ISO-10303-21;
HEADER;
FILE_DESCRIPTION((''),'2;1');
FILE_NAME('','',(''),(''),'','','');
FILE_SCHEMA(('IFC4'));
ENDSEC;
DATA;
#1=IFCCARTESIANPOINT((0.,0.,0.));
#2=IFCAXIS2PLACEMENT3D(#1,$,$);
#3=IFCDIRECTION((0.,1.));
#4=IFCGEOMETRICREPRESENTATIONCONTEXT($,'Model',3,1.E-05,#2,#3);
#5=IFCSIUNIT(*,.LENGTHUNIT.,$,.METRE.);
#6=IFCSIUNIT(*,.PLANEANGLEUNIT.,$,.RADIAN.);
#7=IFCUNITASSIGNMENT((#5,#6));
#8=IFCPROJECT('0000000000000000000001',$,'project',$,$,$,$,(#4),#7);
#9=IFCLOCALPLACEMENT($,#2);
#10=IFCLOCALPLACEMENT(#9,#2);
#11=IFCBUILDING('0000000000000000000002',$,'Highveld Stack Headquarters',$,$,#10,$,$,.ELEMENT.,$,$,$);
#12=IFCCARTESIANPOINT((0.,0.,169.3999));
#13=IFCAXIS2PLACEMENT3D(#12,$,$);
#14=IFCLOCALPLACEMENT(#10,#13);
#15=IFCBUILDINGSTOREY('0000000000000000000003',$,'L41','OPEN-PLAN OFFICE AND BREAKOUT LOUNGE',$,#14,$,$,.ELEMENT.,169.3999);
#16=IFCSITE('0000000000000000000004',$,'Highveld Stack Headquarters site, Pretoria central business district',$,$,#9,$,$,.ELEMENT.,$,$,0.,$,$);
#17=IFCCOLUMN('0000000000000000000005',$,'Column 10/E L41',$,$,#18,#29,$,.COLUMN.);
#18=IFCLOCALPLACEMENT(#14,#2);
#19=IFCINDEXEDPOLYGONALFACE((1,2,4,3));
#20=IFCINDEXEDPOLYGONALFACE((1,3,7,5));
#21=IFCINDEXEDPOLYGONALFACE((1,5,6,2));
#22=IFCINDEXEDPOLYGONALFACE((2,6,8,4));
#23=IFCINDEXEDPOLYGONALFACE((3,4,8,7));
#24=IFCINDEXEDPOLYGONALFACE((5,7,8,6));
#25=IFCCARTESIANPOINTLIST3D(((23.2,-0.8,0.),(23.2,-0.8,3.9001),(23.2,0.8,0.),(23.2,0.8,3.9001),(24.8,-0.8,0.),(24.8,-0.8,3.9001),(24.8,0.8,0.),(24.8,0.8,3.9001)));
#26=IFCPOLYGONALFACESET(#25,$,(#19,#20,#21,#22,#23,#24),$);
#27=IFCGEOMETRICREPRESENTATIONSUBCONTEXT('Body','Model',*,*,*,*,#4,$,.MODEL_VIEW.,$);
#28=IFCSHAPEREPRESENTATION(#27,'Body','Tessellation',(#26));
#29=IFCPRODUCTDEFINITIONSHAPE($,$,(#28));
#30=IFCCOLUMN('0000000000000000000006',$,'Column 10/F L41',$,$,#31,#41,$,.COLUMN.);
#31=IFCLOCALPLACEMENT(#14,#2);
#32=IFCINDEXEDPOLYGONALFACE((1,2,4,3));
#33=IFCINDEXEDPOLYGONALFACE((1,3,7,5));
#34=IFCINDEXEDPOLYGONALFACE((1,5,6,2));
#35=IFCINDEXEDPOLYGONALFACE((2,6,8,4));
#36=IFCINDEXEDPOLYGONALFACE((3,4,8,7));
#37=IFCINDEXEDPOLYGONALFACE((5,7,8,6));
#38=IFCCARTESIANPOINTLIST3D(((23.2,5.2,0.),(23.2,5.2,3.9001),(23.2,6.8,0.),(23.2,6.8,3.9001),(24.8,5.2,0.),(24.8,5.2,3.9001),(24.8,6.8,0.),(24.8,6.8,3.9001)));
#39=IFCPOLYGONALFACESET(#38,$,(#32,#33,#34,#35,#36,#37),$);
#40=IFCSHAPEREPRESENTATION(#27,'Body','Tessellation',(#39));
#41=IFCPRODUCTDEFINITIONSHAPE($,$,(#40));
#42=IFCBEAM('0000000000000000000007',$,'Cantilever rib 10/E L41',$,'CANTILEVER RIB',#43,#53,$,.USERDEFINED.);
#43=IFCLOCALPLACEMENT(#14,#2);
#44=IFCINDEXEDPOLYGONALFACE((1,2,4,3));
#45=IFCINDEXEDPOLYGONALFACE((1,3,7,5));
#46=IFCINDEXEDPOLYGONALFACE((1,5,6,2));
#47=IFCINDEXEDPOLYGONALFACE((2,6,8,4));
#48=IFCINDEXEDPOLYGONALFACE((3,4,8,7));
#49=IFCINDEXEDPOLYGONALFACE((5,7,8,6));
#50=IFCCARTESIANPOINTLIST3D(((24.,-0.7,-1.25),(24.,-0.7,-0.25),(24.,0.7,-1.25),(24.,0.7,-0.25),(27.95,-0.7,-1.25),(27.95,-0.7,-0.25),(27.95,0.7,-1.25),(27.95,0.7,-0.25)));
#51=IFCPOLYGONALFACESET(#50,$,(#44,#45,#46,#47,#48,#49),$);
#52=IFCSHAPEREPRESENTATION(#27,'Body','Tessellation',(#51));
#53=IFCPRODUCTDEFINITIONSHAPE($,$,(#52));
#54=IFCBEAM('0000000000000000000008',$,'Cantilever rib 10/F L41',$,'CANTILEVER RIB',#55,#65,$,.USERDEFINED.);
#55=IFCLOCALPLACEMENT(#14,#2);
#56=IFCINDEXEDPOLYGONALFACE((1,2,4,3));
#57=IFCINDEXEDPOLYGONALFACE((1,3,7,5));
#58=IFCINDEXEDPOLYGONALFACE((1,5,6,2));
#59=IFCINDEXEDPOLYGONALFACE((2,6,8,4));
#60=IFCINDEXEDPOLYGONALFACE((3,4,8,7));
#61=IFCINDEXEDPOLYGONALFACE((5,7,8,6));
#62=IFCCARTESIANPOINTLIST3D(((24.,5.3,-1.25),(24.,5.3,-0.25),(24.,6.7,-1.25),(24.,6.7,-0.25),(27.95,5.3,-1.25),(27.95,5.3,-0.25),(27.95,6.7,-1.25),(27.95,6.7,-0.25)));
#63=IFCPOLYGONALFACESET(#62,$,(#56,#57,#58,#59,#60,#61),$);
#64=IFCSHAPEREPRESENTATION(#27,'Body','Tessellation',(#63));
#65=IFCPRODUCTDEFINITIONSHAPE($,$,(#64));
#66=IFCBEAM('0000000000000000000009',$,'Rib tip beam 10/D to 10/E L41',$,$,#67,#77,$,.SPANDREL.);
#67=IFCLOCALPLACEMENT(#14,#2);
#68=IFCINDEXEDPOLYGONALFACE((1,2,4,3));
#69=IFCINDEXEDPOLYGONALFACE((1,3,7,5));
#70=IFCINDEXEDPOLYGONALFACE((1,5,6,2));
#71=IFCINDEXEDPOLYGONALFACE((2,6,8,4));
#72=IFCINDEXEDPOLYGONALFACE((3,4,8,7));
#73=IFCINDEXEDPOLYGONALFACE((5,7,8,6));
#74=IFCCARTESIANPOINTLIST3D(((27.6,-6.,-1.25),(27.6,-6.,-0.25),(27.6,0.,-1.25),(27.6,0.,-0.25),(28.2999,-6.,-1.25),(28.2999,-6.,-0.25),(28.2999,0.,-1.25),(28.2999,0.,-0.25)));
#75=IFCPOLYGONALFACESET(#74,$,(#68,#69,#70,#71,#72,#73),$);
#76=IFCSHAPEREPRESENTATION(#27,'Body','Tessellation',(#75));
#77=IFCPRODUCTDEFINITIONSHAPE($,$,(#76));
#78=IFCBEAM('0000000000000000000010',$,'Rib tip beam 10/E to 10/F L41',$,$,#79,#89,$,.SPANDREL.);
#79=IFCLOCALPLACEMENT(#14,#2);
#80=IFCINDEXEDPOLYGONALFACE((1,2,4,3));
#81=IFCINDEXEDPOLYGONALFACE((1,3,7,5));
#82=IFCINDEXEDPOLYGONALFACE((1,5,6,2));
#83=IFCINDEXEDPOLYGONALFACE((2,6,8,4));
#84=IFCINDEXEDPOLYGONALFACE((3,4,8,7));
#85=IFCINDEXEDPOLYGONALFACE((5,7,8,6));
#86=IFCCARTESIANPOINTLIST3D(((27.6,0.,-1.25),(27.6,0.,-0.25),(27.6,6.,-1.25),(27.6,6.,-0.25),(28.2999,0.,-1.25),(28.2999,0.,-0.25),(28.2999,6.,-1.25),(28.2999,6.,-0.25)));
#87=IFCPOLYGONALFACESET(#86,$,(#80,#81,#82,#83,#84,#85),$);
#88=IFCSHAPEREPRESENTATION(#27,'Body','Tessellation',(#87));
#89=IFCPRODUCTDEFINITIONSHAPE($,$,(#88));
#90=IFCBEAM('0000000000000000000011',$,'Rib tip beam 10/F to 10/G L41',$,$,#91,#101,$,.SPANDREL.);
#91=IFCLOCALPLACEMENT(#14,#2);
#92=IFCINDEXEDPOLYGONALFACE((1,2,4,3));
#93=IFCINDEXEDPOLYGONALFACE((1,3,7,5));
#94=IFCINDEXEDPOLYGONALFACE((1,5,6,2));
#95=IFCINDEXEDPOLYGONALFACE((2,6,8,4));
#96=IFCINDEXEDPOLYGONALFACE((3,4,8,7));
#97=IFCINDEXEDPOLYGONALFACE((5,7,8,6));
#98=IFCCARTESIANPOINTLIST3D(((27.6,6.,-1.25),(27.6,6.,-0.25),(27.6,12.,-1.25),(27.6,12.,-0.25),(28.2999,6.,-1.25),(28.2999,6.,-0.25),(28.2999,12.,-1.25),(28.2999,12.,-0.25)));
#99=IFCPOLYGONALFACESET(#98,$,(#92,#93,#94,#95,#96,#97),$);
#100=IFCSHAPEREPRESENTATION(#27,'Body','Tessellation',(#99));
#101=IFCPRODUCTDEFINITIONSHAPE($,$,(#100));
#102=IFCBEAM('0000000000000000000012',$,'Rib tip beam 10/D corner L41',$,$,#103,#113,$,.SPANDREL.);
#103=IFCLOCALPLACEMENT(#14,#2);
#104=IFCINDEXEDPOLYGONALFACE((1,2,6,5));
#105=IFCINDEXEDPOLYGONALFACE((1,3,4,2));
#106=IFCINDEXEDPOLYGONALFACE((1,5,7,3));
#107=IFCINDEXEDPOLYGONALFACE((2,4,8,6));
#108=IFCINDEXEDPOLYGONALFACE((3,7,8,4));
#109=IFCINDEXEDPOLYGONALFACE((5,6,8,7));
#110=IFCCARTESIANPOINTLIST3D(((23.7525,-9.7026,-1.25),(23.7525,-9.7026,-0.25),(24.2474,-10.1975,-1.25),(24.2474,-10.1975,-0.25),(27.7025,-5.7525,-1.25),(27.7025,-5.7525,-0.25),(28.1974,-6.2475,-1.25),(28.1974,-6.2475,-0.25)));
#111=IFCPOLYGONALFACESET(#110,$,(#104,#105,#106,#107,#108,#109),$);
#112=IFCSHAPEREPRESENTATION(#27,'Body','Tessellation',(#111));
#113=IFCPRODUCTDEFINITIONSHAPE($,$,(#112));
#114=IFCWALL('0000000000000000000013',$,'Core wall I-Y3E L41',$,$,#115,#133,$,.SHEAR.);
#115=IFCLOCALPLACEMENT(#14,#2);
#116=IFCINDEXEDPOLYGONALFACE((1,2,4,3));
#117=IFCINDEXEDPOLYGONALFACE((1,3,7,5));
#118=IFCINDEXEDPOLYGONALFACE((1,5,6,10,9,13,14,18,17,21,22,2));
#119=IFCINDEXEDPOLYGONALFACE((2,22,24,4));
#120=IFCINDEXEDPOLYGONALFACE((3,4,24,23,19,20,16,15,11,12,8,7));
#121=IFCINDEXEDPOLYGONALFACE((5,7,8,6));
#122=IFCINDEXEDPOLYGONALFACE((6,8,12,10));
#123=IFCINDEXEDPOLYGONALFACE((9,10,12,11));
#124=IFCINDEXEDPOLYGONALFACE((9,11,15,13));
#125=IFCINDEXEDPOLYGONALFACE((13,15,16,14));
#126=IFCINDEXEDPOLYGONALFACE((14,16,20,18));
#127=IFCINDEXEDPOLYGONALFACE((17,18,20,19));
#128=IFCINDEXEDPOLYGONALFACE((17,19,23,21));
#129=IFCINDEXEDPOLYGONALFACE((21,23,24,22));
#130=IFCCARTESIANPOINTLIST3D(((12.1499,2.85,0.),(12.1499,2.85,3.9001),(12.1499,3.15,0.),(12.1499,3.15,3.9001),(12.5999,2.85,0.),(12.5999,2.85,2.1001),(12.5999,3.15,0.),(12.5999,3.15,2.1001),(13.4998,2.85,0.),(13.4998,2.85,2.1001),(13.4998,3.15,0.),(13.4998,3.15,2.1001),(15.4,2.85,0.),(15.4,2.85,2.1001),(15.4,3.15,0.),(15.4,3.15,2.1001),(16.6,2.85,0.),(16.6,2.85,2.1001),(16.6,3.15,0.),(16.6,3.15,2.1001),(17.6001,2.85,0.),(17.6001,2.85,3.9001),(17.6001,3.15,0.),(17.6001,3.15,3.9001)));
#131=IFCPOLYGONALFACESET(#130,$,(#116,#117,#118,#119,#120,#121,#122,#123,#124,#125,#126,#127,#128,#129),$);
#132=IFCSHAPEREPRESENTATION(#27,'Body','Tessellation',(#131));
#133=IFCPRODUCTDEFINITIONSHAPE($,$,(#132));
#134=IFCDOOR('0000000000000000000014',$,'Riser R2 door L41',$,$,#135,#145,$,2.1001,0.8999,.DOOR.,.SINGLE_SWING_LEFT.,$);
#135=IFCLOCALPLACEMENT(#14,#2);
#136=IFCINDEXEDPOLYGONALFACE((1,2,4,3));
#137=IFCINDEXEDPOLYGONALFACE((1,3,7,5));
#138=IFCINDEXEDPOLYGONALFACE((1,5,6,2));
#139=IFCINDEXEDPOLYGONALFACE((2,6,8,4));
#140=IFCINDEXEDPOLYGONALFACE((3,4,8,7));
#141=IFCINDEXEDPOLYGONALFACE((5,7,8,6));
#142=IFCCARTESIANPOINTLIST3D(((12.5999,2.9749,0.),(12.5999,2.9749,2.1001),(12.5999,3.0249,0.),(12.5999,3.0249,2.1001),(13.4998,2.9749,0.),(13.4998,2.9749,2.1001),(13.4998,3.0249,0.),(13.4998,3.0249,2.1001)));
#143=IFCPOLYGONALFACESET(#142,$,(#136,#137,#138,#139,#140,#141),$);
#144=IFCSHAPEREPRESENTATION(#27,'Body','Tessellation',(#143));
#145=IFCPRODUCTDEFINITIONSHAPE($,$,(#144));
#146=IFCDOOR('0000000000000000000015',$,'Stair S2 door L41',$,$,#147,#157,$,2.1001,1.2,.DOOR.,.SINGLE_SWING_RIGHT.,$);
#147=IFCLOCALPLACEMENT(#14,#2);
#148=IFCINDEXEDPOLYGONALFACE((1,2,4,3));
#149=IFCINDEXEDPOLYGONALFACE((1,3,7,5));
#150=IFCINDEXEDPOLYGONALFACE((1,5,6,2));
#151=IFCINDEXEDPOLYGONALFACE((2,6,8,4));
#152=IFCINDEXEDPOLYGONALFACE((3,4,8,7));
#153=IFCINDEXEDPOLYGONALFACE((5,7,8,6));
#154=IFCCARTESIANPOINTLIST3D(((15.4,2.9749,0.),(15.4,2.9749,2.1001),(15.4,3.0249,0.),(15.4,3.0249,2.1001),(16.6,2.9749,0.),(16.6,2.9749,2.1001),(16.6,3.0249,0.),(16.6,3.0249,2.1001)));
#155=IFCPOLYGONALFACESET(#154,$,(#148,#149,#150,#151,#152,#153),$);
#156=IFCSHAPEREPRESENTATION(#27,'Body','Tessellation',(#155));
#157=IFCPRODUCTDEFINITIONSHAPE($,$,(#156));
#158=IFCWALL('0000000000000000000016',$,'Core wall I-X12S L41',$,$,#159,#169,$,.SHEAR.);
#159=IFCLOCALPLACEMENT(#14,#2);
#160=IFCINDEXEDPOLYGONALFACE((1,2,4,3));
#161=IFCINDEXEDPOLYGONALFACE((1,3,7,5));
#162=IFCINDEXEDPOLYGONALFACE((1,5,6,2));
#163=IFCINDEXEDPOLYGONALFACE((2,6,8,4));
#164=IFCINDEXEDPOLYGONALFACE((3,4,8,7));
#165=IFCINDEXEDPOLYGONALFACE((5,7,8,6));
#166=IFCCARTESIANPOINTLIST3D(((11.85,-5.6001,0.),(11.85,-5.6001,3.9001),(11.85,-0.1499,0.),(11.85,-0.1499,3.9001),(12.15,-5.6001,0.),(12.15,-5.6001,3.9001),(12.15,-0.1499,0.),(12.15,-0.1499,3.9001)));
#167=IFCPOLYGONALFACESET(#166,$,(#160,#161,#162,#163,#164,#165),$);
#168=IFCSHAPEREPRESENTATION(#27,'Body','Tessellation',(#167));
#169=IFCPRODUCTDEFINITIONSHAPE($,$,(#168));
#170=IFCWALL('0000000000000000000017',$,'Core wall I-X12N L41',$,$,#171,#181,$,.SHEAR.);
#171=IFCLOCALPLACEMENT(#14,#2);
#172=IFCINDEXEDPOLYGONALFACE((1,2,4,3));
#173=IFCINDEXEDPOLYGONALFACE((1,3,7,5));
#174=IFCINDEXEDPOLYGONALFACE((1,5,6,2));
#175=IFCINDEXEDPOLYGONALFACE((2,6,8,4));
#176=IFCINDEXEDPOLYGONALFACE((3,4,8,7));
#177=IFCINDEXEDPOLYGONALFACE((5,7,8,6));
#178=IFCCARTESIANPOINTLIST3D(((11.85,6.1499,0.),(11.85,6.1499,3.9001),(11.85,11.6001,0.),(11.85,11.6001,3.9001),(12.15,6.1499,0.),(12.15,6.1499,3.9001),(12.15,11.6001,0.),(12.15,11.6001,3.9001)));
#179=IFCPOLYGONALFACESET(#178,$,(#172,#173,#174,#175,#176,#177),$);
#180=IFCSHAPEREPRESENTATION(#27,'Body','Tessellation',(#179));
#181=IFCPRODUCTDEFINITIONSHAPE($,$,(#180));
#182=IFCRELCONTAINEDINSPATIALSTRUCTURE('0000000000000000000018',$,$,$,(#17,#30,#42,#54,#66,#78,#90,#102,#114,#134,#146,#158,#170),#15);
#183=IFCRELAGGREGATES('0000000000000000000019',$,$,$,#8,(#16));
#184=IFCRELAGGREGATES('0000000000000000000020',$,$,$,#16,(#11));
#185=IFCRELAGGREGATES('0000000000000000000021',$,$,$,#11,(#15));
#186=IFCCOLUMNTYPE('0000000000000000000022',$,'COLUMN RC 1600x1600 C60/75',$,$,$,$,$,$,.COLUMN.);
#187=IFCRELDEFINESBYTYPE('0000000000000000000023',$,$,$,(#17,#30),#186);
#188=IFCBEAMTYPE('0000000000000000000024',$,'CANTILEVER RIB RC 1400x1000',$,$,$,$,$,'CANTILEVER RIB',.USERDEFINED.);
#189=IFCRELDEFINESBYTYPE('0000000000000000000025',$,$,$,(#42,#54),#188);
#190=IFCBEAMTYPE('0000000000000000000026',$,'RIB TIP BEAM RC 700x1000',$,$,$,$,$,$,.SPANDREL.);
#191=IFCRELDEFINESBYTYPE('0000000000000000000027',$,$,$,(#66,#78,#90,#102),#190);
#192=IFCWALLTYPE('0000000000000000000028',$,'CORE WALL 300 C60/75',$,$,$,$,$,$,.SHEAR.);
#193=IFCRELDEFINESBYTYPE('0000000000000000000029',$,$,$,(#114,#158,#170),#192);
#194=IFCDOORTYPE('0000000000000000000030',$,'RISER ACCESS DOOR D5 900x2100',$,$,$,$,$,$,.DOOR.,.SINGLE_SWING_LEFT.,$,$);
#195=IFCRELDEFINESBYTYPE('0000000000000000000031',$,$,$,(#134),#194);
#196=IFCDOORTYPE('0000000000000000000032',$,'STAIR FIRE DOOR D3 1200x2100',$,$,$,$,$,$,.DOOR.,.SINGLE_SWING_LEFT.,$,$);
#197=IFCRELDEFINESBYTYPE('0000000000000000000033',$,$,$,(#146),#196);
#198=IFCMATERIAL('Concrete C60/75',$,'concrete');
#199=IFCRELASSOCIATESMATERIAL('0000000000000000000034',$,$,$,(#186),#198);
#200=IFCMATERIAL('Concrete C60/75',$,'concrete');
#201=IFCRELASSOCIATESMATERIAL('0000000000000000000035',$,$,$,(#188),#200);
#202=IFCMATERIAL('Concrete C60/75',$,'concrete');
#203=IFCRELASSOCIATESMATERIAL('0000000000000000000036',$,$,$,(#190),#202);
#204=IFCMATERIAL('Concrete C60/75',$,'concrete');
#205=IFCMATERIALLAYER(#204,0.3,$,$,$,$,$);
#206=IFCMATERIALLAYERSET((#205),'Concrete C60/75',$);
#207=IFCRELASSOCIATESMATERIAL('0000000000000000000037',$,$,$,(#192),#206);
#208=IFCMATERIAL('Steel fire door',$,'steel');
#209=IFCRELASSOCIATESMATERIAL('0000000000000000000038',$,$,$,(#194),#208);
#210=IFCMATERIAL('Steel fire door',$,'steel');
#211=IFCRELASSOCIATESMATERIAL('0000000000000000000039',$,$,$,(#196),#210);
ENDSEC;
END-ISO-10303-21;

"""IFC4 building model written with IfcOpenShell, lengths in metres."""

from ifc_helpers import new_model, si_unit, direction, frame, frame_2d, origin, origin_2d, place, context, subcontext, project, spatial, rectangle, extrude, material, layer, layer_set, material_profile, profile_set, type_object, element, fill, save


model = new_model("IFC4")

# Units and contexts
model_context = context("Model", 3, precision=1e-05, world=origin(), true_north=direction((0.0, 1.0)))
body_context = subcontext(model_context, "Body", "Model", "MODEL_VIEW")
ifc_project = project(units=[si_unit("LENGTHUNIT", "METRE"), si_unit("PLANEANGLEUNIT", "RADIAN")], contexts=[model_context])

# Site, building, storey
site_placement = place(None, origin())
site = spatial("IfcSite", under=ifc_project, at=site_placement, Name="Highveld Stack Headquarters site, Pretoria central business district", CompositionType="ELEMENT", RefElevation=0.0)
building_placement = place(site_placement, origin())
building = spatial("IfcBuilding", under=site, at=building_placement, Name="Highveld Stack Headquarters", CompositionType="ELEMENT")
storey_placement = place(building_placement, frame((0.0, 0.0, 169.3999)))
storey = spatial("IfcBuildingStorey", under=building, at=storey_placement, Name="L41", Description="OPEN-PLAN OFFICE AND BREAKOUT LOUNGE", CompositionType="ELEMENT", Elevation=169.3999)

# Columns
ifc_material_1 = material(Name="Concrete C60/75", Category="concrete")
ifc_material_profile_1 = material_profile(ifc_material_1, rectangle(XDim=1.6001, YDim=1.6001, at=origin_2d()), Name="RC 1600x1600")
ifc_profile_set_1 = profile_set([ifc_material_profile_1], Name="Concrete C60/75")
column_type = type_object("IfcColumnType", Name="COLUMN RC 1600x1600 C60/75", PredefinedType="COLUMN", material=ifc_profile_set_1)
for number, where, z_axis, x_axis, name in (
    (1, (24.0, 0.0, 0.0), (0.0, 0.0, 1.0), (1.0, 0.0, 0.0), "Column 10/E L41"),
    (2, (24.0, 6.0, 0.0), (0.0, 0.0, 1.0), (1.0, 0.0, 0.0), "Column 10/F L41"),
):
    element("IfcColumn", number, at=place(storey_placement, frame(where, z_axis=z_axis, x_axis=x_axis)), inside=storey, type_object=column_type, Name=name, PredefinedType="COLUMN", context=body_context, shape_type="SweptSolid", body=[
        extrude(rectangle(XDim=1.6001, YDim=1.6001, at=origin_2d()), origin(), (0.0, 0.0, 1.0), 3.9001),
    ])

# Beams
ifc_material_2 = material(Name="Concrete C60/75", Category="concrete")
ifc_material_profile_2 = material_profile(ifc_material_2, rectangle(XDim=1.3999, YDim=1.0, at=origin_2d()), Name="RC 1400x1000")
ifc_profile_set_2 = profile_set([ifc_material_profile_2], Name="Concrete C60/75")
beam_type_1 = type_object("IfcBeamType", Name="CANTILEVER RIB RC 1400x1000", ElementType="CANTILEVER RIB", PredefinedType="USERDEFINED", material=ifc_profile_set_2)
for number, where, z_axis, x_axis, name in (
    (3, (24.0, 0.0, -0.75), (1.0, 0.0, 0.0), (0.0, 1.0, 0.0), "Cantilever rib 10/E L41"),
    (4, (24.0, 6.0, -0.75), (1.0, 0.0, 0.0), (0.0, 1.0, 0.0), "Cantilever rib 10/F L41"),
):
    element("IfcBeam", number, at=place(storey_placement, frame(where, z_axis=z_axis, x_axis=x_axis)), inside=storey, type_object=beam_type_1, Name=name, ObjectType="CANTILEVER RIB", PredefinedType="USERDEFINED", context=body_context, shape_type="SweptSolid", body=[
        extrude(rectangle(XDim=1.3999, YDim=1.0, at=origin_2d()), origin(), (0.0, 0.0, 1.0), 3.95),
    ])
ifc_material_3 = material(Name="Concrete C60/75", Category="concrete")
ifc_material_profile_3 = material_profile(ifc_material_3, rectangle(XDim=0.7, YDim=1.0, at=origin_2d()), Name="RC 700x1000")
ifc_profile_set_3 = profile_set([ifc_material_profile_3], Name="Concrete C60/75")
beam_type_2 = type_object("IfcBeamType", Name="RIB TIP BEAM RC 700x1000", PredefinedType="SPANDREL", material=ifc_profile_set_3)
for number, where, z_axis, x_axis, name in (
    (5, (27.95, -6.0, -0.75), (0.0, 1.0, 0.0), (-1.0, 0.0, 0.0), "Rib tip beam 10/D to 10/E L41"),
    (6, (27.95, 0.0, -0.75), (0.0, 1.0, 0.0), (-1.0, 0.0, 0.0), "Rib tip beam 10/E to 10/F L41"),
    (7, (27.95, 6.0, -0.75), (0.0, 1.0, 0.0), (-1.0, 0.0, 0.0), "Rib tip beam 10/F to 10/G L41"),
):
    element("IfcBeam", number, at=place(storey_placement, frame(where, z_axis=z_axis, x_axis=x_axis)), inside=storey, type_object=beam_type_2, Name=name, PredefinedType="SPANDREL", context=body_context, shape_type="SweptSolid", body=[
        extrude(rectangle(XDim=0.7, YDim=1.0, at=origin_2d()), origin(), (0.0, 0.0, 1.0), 6.0),
    ])
beam_placement = place(storey_placement, frame((27.95, -6.0, -0.75), z_axis=(-0.707107, -0.707107, 0.0), x_axis=(0.707107, -0.707107, 0.0)))
element("IfcBeam", 8, at=beam_placement, inside=storey, type_object=beam_type_2, Name="Rib tip beam 10/D corner L41", PredefinedType="SPANDREL", context=body_context, shape_type="SweptSolid", body=[
    extrude(rectangle(XDim=0.7, YDim=1.0, at=origin_2d()), origin(), (0.0, 0.0, 1.0), 5.5862),
])

# Wall, openings, doors
ifc_material_4 = material(Name="Concrete C60/75", Category="concrete")
ifc_layer_1 = layer(ifc_material_4, 0.3)
ifc_layer_set_1 = layer_set([ifc_layer_1], Name="Concrete C60/75")
wall_type_1 = type_object("IfcWallType", Name="CORE WALL 300 C60/75", PredefinedType="SHEAR", material=ifc_layer_set_1)
wall_1_placement = place(storey_placement, frame((12.1499, 3.0, 0.0), z_axis=(0.0, 0.0, 1.0), x_axis=(1.0, 0.0, 0.0)))
wall_1 = element("IfcWall", 9, at=wall_1_placement, inside=storey, type_object=wall_type_1, Name="Core wall I-Y3E L41", PredefinedType="SHEAR", context=body_context, shape_type="SweptSolid", body=[
    extrude(rectangle(XDim=5.4502, YDim=0.3, at=frame_2d((2.7251, 0.0))), origin(), (0.0, 0.0, 1.0), 3.9001),
])
opening_1_placement = place(wall_1_placement, frame((3.25, 0.0, 0.0)))
opening_1 = element("IfcOpeningElement", 10, at=opening_1_placement, cuts=wall_1, PredefinedType="OPENING", context=body_context, shape_type="SweptSolid", body=[
    extrude(rectangle(XDim=1.2, YDim=2.1001, at=frame_2d((0.6001, 1.05))), frame((0.0, 0.1599, 0.0), z_axis=(0.0, -1.0, 0.0), x_axis=(1.0, 0.0, 0.0)), (0.0, 0.0, 1.0), 0.3201),
])
opening_2_placement = place(wall_1_placement, frame((0.45, 0.0, 0.0)))
opening_2 = element("IfcOpeningElement", 11, at=opening_2_placement, cuts=wall_1, PredefinedType="OPENING", context=body_context, shape_type="SweptSolid", body=[
    extrude(rectangle(XDim=0.8999, YDim=2.1001, at=frame_2d((0.45, 1.05))), frame((0.0, 0.1599, 0.0), z_axis=(0.0, -1.0, 0.0), x_axis=(1.0, 0.0, 0.0)), (0.0, 0.0, 1.0), 0.3201),
])
ifc_material_5 = material(Name="Steel fire door", Category="steel")
door_type_1 = type_object("IfcDoorType", Name="RISER ACCESS DOOR D5 900x2100", OperationType="SINGLE_SWING_LEFT", PredefinedType="DOOR", material=ifc_material_5)
door_1_placement = place(opening_2_placement, origin())
door_1 = element("IfcDoor", 12, at=door_1_placement, inside=storey, type_object=door_type_1, Name="Riser R2 door L41", OperationType="SINGLE_SWING_LEFT", OverallHeight=2.1001, OverallWidth=0.8999, PredefinedType="DOOR", context=body_context, shape_type="SweptSolid", body=[
    extrude(rectangle(XDim=0.8999, YDim=2.1001, at=frame_2d((0.45, 1.05))), frame((0.0, 0.0249, 0.0), z_axis=(0.0, -1.0, 0.0), x_axis=(1.0, 0.0, 0.0)), (0.0, 0.0, 1.0), 0.05),
])
fill(opening_2, door_1)
ifc_material_6 = material(Name="Steel fire door", Category="steel")
door_type_2 = type_object("IfcDoorType", Name="STAIR FIRE DOOR D3 1200x2100", OperationType="SINGLE_SWING_LEFT", PredefinedType="DOOR", material=ifc_material_6)
door_2_placement = place(opening_1_placement, origin())
door_2 = element("IfcDoor", 13, at=door_2_placement, inside=storey, type_object=door_type_2, Name="Stair S2 door L41", OperationType="SINGLE_SWING_RIGHT", OverallHeight=2.1001, OverallWidth=1.2, PredefinedType="DOOR", context=body_context, shape_type="SweptSolid", body=[
    extrude(rectangle(XDim=1.2, YDim=2.1001, at=frame_2d((0.6001, 1.05))), frame((0.0, 0.0249, 0.0), z_axis=(0.0, -1.0, 0.0), x_axis=(1.0, 0.0, 0.0)), (0.0, 0.0, 1.0), 0.05),
])
fill(opening_1, door_2)

# Walls
for number, where, z_axis, x_axis, name in (
    (14, (12.0, -5.6001, 0.0), (0.0, 0.0, 1.0), (0.0, 1.0, 0.0), "Core wall I-X12S L41"),
    (15, (12.0, 6.1499, 0.0), (0.0, 0.0, 1.0), (0.0, 1.0, 0.0), "Core wall I-X12N L41"),
):
    element("IfcWall", number, at=place(storey_placement, frame(where, z_axis=z_axis, x_axis=x_axis)), inside=storey, type_object=wall_type_1, Name=name, PredefinedType="SHEAR", context=body_context, shape_type="SweptSolid", body=[
        extrude(rectangle(XDim=5.4502, YDim=0.3, at=frame_2d((2.7251, 0.0))), origin(), (0.0, 0.0, 1.0), 3.9001),
    ])

save(model, "model.ifc")
